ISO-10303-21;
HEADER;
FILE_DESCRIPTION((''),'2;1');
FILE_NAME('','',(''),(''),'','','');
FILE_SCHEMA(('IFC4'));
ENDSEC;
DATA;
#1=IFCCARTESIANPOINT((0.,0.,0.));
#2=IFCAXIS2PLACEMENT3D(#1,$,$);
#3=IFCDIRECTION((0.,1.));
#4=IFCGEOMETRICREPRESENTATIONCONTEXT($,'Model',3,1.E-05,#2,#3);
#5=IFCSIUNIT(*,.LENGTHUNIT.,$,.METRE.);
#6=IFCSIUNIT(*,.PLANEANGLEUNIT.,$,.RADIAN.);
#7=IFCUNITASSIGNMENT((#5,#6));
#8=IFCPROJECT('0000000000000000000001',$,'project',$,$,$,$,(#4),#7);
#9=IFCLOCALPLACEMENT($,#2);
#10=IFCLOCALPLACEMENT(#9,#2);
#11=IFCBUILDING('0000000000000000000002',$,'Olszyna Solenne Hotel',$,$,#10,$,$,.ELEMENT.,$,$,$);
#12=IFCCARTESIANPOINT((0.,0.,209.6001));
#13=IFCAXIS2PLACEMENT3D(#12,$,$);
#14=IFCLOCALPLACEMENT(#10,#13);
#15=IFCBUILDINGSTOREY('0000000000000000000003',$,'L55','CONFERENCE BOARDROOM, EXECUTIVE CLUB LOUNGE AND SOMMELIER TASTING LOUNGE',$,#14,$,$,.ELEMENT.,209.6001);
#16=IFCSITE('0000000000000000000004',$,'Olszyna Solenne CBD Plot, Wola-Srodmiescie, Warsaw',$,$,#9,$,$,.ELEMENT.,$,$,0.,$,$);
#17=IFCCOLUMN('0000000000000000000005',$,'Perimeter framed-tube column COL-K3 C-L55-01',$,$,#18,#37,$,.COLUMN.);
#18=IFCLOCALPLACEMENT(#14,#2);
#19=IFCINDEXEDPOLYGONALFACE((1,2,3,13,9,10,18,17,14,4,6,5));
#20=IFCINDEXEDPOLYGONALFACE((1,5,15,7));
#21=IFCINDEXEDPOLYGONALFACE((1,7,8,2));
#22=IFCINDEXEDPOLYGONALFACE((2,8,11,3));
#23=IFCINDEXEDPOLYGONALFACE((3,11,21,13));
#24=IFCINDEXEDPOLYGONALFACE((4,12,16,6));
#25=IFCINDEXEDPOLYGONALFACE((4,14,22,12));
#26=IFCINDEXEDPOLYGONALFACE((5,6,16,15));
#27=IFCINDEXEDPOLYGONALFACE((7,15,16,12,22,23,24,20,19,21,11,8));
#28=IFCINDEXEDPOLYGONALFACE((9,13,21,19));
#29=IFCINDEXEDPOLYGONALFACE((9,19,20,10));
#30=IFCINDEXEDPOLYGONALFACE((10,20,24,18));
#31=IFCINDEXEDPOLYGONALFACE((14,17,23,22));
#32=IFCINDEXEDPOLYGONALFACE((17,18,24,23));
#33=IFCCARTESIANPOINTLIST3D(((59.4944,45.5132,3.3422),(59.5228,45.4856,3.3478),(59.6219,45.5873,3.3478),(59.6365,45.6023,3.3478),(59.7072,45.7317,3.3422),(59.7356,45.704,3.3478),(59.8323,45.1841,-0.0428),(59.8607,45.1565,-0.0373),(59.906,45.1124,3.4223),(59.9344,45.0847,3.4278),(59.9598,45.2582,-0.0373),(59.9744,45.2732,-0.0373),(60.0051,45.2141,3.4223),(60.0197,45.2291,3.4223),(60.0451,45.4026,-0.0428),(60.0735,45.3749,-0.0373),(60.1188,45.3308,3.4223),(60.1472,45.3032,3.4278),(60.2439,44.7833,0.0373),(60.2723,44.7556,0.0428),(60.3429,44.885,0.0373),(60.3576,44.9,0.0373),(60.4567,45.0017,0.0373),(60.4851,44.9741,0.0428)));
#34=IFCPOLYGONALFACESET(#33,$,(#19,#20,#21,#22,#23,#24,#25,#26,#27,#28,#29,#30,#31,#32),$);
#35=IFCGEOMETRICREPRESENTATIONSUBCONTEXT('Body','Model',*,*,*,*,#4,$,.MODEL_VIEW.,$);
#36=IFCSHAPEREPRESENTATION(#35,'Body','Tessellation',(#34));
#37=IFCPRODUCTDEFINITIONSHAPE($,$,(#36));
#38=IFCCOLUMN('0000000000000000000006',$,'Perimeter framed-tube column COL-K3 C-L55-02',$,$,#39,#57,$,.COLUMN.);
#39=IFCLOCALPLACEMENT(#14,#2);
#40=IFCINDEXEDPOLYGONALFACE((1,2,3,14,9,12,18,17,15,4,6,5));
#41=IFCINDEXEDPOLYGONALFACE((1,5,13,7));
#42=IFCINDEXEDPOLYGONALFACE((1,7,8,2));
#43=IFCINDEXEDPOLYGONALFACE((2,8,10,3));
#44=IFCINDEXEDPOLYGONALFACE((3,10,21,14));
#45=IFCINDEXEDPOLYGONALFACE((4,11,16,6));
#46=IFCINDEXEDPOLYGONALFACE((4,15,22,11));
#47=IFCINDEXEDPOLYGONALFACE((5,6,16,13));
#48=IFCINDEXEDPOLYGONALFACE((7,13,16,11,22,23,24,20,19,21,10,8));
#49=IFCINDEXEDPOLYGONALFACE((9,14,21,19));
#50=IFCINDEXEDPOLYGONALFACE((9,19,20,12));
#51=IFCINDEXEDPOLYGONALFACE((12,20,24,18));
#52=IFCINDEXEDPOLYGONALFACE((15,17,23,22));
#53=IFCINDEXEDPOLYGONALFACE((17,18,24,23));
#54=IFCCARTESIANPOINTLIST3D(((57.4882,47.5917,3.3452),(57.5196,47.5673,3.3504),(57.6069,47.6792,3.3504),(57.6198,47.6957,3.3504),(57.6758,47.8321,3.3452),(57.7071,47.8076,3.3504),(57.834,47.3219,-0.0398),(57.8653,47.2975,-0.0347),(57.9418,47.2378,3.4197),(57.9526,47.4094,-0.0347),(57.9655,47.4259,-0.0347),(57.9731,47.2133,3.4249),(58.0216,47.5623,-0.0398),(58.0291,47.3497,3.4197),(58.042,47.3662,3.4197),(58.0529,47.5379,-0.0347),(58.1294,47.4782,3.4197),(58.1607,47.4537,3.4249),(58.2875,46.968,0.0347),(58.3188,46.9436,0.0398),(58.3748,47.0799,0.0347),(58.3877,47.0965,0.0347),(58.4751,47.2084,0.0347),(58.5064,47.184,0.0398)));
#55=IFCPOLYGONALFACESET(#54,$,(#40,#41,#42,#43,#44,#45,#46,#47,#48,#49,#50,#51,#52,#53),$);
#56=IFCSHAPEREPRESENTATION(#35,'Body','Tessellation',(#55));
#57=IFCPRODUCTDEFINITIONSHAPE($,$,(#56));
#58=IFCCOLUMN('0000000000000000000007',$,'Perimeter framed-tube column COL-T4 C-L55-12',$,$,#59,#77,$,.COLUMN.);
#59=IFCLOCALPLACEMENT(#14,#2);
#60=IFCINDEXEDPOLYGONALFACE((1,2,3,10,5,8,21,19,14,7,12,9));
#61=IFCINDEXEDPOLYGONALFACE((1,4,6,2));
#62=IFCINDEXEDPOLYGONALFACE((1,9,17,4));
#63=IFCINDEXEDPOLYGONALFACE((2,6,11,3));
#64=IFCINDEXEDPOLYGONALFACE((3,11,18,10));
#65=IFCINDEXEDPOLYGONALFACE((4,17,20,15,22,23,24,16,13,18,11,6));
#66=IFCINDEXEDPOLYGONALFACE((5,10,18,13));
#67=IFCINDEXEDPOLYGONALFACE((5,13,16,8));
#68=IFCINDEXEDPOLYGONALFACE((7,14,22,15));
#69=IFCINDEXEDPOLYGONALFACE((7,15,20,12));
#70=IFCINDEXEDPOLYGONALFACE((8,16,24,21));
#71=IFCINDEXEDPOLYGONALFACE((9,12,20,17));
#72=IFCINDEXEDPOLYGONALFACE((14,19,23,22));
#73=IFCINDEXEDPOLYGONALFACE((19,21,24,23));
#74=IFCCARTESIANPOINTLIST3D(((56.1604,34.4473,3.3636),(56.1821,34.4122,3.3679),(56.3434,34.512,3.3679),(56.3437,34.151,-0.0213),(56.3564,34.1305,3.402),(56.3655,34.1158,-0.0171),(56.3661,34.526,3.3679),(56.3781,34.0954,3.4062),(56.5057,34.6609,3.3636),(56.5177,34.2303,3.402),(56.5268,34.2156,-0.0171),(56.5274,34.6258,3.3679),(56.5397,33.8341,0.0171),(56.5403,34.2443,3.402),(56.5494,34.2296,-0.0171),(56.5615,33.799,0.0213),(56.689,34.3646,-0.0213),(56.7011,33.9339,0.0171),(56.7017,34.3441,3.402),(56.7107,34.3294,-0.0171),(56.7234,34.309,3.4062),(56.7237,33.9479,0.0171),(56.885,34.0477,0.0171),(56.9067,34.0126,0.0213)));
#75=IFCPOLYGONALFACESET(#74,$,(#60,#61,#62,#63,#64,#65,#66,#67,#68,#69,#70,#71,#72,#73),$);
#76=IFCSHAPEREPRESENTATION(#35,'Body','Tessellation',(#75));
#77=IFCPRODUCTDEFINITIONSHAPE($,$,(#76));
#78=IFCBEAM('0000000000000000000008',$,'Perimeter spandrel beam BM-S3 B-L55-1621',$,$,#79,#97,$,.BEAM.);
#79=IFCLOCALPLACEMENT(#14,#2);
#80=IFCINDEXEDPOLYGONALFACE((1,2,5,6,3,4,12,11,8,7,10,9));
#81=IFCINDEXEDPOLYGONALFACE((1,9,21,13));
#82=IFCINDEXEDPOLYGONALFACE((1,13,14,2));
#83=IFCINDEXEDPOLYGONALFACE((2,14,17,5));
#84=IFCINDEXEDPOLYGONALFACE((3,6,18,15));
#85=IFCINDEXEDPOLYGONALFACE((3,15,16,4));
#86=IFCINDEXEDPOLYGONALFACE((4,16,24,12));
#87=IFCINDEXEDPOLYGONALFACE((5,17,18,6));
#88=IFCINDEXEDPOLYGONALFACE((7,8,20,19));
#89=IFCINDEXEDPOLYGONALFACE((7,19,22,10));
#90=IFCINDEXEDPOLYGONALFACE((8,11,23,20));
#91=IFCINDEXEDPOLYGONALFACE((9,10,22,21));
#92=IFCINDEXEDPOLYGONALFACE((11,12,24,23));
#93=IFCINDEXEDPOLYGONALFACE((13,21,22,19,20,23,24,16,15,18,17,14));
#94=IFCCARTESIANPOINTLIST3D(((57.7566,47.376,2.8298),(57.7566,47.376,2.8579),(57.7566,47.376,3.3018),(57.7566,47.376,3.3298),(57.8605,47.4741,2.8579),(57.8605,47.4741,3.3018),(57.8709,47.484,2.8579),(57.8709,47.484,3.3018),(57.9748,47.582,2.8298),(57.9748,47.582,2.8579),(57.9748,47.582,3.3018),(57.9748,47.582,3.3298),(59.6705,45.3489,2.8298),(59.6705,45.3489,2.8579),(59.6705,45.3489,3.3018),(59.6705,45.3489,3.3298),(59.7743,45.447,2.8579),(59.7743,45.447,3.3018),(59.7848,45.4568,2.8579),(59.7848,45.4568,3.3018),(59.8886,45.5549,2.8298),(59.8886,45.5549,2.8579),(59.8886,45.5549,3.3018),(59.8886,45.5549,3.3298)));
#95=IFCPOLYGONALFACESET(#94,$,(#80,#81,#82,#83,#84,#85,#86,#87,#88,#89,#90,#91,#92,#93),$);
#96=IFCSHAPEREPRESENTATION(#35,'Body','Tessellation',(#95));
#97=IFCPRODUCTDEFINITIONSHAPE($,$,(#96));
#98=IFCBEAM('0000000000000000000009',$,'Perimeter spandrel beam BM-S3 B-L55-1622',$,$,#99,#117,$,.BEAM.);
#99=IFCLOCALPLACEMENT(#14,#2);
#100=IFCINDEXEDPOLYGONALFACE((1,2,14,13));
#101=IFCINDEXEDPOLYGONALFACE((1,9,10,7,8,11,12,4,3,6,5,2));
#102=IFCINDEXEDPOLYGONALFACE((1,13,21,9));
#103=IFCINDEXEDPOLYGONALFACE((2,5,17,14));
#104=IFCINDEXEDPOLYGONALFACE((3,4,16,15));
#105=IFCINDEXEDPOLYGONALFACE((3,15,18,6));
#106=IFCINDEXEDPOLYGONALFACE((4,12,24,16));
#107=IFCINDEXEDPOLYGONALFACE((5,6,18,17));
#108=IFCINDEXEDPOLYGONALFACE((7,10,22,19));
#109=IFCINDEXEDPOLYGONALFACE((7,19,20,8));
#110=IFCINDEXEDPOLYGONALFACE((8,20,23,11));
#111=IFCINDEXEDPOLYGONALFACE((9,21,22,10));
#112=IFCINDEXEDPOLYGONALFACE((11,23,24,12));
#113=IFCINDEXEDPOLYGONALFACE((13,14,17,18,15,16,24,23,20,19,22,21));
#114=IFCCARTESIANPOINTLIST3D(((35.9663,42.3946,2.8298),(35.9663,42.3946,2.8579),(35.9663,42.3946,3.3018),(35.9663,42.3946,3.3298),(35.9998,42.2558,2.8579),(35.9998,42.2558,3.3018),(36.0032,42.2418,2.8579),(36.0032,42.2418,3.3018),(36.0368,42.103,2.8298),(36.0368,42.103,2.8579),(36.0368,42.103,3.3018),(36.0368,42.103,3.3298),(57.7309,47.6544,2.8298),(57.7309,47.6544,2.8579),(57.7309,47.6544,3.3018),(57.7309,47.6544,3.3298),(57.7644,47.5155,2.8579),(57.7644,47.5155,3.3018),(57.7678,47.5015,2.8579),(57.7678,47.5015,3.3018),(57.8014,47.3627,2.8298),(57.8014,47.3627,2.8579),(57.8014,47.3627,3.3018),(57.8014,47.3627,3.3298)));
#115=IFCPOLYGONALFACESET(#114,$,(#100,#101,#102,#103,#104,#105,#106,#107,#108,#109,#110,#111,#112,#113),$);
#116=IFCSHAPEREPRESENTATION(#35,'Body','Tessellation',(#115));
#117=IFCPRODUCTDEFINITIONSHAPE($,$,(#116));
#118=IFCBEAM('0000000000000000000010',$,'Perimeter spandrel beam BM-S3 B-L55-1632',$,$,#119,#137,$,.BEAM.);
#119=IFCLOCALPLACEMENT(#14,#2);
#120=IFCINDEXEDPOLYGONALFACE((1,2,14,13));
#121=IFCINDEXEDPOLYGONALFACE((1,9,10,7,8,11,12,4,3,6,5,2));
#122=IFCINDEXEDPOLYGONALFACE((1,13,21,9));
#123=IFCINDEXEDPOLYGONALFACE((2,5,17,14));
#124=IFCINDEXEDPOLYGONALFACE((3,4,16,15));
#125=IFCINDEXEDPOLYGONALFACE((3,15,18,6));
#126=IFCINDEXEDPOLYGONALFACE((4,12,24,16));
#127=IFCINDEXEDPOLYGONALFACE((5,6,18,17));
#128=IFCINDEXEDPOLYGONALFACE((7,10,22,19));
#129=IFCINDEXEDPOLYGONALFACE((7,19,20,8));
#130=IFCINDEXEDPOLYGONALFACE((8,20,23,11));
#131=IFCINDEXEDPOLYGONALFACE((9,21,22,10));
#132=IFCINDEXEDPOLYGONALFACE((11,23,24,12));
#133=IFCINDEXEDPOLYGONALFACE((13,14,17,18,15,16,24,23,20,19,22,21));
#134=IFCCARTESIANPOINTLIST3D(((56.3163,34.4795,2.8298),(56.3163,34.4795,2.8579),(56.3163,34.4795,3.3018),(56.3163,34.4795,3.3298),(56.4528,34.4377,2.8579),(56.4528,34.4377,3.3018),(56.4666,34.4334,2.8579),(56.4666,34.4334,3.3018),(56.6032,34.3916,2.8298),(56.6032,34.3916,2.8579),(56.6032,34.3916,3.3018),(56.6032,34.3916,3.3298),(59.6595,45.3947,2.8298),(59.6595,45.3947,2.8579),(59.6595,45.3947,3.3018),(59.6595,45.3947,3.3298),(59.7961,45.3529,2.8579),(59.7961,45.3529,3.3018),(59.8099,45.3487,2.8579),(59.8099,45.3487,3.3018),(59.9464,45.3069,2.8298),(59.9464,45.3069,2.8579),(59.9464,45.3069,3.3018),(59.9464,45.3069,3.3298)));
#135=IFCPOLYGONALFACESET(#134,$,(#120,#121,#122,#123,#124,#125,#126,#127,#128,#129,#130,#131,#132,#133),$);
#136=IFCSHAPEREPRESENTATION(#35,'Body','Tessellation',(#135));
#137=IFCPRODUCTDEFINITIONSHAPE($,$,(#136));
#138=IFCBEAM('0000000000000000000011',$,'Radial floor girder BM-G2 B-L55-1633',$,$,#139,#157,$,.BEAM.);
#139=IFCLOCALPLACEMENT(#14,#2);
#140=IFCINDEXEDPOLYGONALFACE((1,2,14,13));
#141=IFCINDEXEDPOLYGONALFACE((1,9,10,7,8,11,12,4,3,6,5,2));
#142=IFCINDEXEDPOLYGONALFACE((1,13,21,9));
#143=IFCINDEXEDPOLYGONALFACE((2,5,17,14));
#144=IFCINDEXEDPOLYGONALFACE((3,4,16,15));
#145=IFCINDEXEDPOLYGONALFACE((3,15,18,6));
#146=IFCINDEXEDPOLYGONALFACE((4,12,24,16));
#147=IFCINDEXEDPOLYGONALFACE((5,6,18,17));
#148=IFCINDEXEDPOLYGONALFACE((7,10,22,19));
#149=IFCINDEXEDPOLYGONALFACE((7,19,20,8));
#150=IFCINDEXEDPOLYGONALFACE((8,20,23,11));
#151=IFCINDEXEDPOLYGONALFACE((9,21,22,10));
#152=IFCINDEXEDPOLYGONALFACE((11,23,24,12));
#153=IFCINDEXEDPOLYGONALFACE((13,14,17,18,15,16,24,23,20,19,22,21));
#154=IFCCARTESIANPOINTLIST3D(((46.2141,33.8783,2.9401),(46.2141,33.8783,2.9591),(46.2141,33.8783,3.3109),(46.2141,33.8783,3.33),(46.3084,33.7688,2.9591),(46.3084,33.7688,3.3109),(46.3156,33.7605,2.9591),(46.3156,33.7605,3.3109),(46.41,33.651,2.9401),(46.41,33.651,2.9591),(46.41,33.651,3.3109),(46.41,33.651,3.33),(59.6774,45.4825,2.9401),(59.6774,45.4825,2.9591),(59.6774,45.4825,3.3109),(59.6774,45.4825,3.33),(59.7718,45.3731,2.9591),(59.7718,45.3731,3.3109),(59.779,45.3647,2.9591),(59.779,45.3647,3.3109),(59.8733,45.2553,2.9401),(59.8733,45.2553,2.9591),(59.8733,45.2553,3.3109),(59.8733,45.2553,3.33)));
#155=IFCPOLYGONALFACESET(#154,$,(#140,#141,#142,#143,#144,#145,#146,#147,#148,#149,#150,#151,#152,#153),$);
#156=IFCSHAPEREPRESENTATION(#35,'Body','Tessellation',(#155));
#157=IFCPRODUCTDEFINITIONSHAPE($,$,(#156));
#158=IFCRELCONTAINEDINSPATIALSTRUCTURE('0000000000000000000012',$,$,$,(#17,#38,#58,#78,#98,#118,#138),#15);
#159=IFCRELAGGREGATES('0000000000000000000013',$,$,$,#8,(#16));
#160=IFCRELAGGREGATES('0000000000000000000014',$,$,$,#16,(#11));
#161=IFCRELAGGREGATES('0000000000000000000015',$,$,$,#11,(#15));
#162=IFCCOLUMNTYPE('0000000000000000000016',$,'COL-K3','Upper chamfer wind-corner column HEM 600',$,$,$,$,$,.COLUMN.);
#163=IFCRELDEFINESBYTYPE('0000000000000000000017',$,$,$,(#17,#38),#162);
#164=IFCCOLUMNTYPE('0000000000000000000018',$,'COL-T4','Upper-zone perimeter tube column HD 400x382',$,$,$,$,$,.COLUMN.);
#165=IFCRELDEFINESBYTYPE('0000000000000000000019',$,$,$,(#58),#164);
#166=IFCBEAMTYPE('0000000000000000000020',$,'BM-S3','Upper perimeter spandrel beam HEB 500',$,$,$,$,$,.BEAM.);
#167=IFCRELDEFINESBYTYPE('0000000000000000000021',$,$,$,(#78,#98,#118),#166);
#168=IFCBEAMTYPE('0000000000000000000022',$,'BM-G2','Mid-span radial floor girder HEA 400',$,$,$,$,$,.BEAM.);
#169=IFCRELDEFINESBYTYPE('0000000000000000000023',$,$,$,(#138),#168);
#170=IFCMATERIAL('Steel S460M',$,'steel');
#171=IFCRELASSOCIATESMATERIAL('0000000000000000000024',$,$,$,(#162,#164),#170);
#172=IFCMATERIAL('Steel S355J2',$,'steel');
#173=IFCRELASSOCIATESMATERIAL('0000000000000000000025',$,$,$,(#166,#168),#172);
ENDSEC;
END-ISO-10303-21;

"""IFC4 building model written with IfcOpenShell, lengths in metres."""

from ifc_helpers import new_model, si_unit, direction, frame, origin, origin_2d, place, context, subcontext, project, spatial, i_section, extrude, source, transform, mapped, material, material_profile, profile_set, type_object, element, save


model = new_model("IFC4")

# Units and contexts
model_context = context("Model", 3, precision=1e-05, world=origin(), true_north=direction((0.0, 1.0)))
body_context = subcontext(model_context, "Body", "Model", "MODEL_VIEW")
ifc_project = project(units=[si_unit("LENGTHUNIT", "METRE"), si_unit("PLANEANGLEUNIT", "RADIAN")], contexts=[model_context])

# Site, building, storey
site_placement = place(None, origin())
site = spatial("IfcSite", under=ifc_project, at=site_placement, Name="Olszyna Solenne CBD Plot, Wola-Srodmiescie, Warsaw", CompositionType="ELEMENT", RefElevation=0.0)
building_placement = place(site_placement, origin())
building = spatial("IfcBuilding", under=site, at=building_placement, Name="Olszyna Solenne Hotel", CompositionType="ELEMENT")
storey_placement = place(building_placement, frame((0.0, 0.0, 209.6001)))
storey = spatial("IfcBuildingStorey", under=building, at=storey_placement, Name="L55", Description="CONFERENCE BOARDROOM, EXECUTIVE CLUB LOUNGE AND SOMMELIER TASTING LOUNGE", CompositionType="ELEMENT", Elevation=209.6001)

# Columns
ifc_material_1 = material(Name="Steel S460M", Category="steel")
ifc_material_profile_1 = material_profile(ifc_material_1, i_section(OverallWidth=0.3049, OverallDepth=0.6201, WebThickness=0.021, FlangeThickness=0.04, at=origin_2d()), Name="HEM 600", Category="load-bearing")
ifc_profile_set_1 = profile_set([ifc_material_profile_1], Name="Steel S460M")
column_type_1 = type_object("IfcColumnType", Name="COL-K3", Description="Upper chamfer wind-corner column HEM 600", PredefinedType="COLUMN", material=ifc_profile_set_1)
shared_shape_1 = source(origin(), body_context, "Body", "SweptSolid", [
    extrude(i_section(OverallWidth=0.3049, OverallDepth=0.6201, WebThickness=0.021, FlangeThickness=0.04, at=origin_2d()), origin(), (0.0, 0.0, 1.0), 3.4177),
])
column_1_placement = place(storey_placement, frame((60.1587, 45.0791, 0.0), z_axis=(-0.098865, 0.096293, 0.990431), x_axis=(-0.697729, -0.716362, 0.0)))
element("IfcColumn", 1, at=column_1_placement, inside=storey, type_object=column_type_1, Name="Perimeter framed-tube column COL-K3 C-L55-01", PredefinedType="COLUMN", context=body_context, shape_type="MappedRepresentation", body=[
    mapped(shared_shape_1, transform((0.0, 0.0, 0.0), x_axis=(1.0, 0.0, 0.0), y_axis=(0.0, 1.0, 0.0), z_axis=(0.0, 0.0, 1.0), scale=1.0)),
])
shared_shape_2 = source(origin(), body_context, "Body", "SweptSolid", [
    extrude(i_section(OverallWidth=0.3049, OverallDepth=0.6201, WebThickness=0.021, FlangeThickness=0.04, at=origin_2d()), origin(), (0.0, 0.0, 1.0), 3.4133),
])
column_2_placement = place(storey_placement, frame((58.1702, 47.2529, 0.0), z_axis=(-0.101281, 0.079037, 0.991713), x_axis=(-0.615212, -0.788362, 0.0)))
element("IfcColumn", 2, at=column_2_placement, inside=storey, type_object=column_type_1, Name="Perimeter framed-tube column COL-K3 C-L55-02", PredefinedType="COLUMN", context=body_context, shape_type="MappedRepresentation", body=[
    mapped(shared_shape_2, transform((0.0, 0.0, 0.0), x_axis=(1.0, 0.0, 0.0), y_axis=(0.0, 1.0, 0.0), z_axis=(0.0, 0.0, 1.0), scale=1.0)),
])
ifc_material_profile_2 = material_profile(ifc_material_1, i_section(OverallWidth=0.406, OverallDepth=0.416, WebThickness=0.0266, FlangeThickness=0.0415, at=origin_2d()), Name="HD 400x382", Category="load-bearing")
ifc_profile_set_2 = profile_set([ifc_material_profile_2], Name="Steel S460M")
column_type_2 = type_object("IfcColumnType", Name="COL-T4", Description="Upper-zone perimeter tube column HD 400x382", PredefinedType="COLUMN", material=ifc_profile_set_2)
shared_shape_3 = source(origin(), body_context, "Body", "SweptSolid", [
    extrude(i_section(OverallWidth=0.406, OverallDepth=0.416, WebThickness=0.0266, FlangeThickness=0.0415, at=origin_2d()), origin(), (0.0, 0.0, 1.0), 3.4028),
])
column_3_placement = place(storey_placement, frame((56.6252, 34.0818, 0.0), z_axis=(-0.05388, 0.087098, 0.994742), x_axis=(-0.850429, -0.526089, 0.0)))
element("IfcColumn", 3, at=column_3_placement, inside=storey, type_object=column_type_2, Name="Perimeter framed-tube column COL-T4 C-L55-12", PredefinedType="COLUMN", context=body_context, shape_type="MappedRepresentation", body=[
    mapped(shared_shape_3, transform((0.0, 0.0, 0.0), x_axis=(1.0, 0.0, 0.0), y_axis=(0.0, 1.0, 0.0), z_axis=(0.0, 0.0, 1.0), scale=1.0)),
])

# Beams
ifc_material_2 = material(Name="Steel S355J2", Category="steel")
ifc_material_profile_3 = material_profile(ifc_material_2, i_section(OverallWidth=0.3, OverallDepth=0.5, WebThickness=0.0144, FlangeThickness=0.0281, at=origin_2d()), Name="HEB 500", Category="load-bearing")
ifc_profile_set_3 = profile_set([ifc_material_profile_3], Name="Steel S355J2")
beam_type_1 = type_object("IfcBeamType", Name="BM-S3", Description="Upper perimeter spandrel beam HEB 500", PredefinedType="BEAM", material=ifc_profile_set_3)
shared_shape_4 = source(origin(), body_context, "Body", "SweptSolid", [
    extrude(i_section(OverallWidth=0.3, OverallDepth=0.5, WebThickness=0.0144, FlangeThickness=0.0281, at=origin_2d()), origin(), (0.0, 0.0, 1.0), 2.7878),
])
beam_1_placement = place(storey_placement, frame((59.7795, 45.4519, 3.0798), z_axis=(-0.686498, 0.727132, 0.0), x_axis=(-0.727132, -0.686498, 0.0)))
element("IfcBeam", 4, at=beam_1_placement, inside=storey, type_object=beam_type_1, Name="Perimeter spandrel beam BM-S3 B-L55-1621", PredefinedType="BEAM", context=body_context, shape_type="MappedRepresentation", body=[
    mapped(shared_shape_4, transform((0.0, 0.0, 0.0), x_axis=(1.0, 0.0, 0.0), y_axis=(0.0, 1.0, 0.0), z_axis=(0.0, 0.0, 1.0), scale=1.0)),
])
shared_shape_5 = source(origin(), body_context, "Body", "SweptSolid", [
    extrude(i_section(OverallWidth=0.3, OverallDepth=0.5, WebThickness=0.0144, FlangeThickness=0.0281, at=origin_2d()), origin(), (0.0, 0.0, 1.0), 22.3911),
])
beam_2_placement = place(storey_placement, frame((57.7661, 47.5085, 3.0798), z_axis=(-0.972019, -0.234903, 0.0), x_axis=(0.234903, -0.972019, 0.0)))
element("IfcBeam", 5, at=beam_2_placement, inside=storey, type_object=beam_type_1, Name="Perimeter spandrel beam BM-S3 B-L55-1622", PredefinedType="BEAM", context=body_context, shape_type="MappedRepresentation", body=[
    mapped(shared_shape_5, transform((0.0, 0.0, 0.0), x_axis=(1.0, 0.0, 0.0), y_axis=(0.0, 1.0, 0.0), z_axis=(0.0, 0.0, 1.0), scale=1.0)),
])
shared_shape_6 = source(origin(), body_context, "Body", "SweptSolid", [
    extrude(i_section(OverallWidth=0.3, OverallDepth=0.5, WebThickness=0.0144, FlangeThickness=0.0281, at=origin_2d()), origin(), (0.0, 0.0, 1.0), 11.4158),
])
beam_3_placement = place(storey_placement, frame((56.4597, 34.4355, 3.0798), z_axis=(0.292862, 0.956155, 0.0), x_axis=(-0.956155, 0.292862, 0.0)))
element("IfcBeam", 6, at=beam_3_placement, inside=storey, type_object=beam_type_1, Name="Perimeter spandrel beam BM-S3 B-L55-1632", PredefinedType="BEAM", context=body_context, shape_type="MappedRepresentation", body=[
    mapped(shared_shape_6, transform((0.0, 0.0, 0.0), x_axis=(1.0, 0.0, 0.0), y_axis=(0.0, 1.0, 0.0), z_axis=(0.0, 0.0, 1.0), scale=1.0)),
])
ifc_material_profile_4 = material_profile(ifc_material_2, i_section(OverallWidth=0.3, OverallDepth=0.3899, WebThickness=0.011, FlangeThickness=0.019, at=origin_2d()), Name="HEA 400", Category="load-bearing")
ifc_profile_set_4 = profile_set([ifc_material_profile_4], Name="Steel S355J2")
beam_type_2 = type_object("IfcBeamType", Name="BM-G2", Description="Mid-span radial floor girder HEA 400", PredefinedType="BEAM", material=ifc_profile_set_4)
shared_shape_7 = source(origin(), body_context, "Body", "SweptSolid", [
    extrude(i_section(OverallWidth=0.3, OverallDepth=0.3899, WebThickness=0.011, FlangeThickness=0.019, at=origin_2d()), origin(), (0.0, 0.0, 1.0), 17.7742),
])
beam_4_placement = place(storey_placement, frame((59.7754, 45.3689, 3.135), z_axis=(-0.757469, -0.652871, 0.0), x_axis=(0.652871, -0.757469, 0.0)))
element("IfcBeam", 7, at=beam_4_placement, inside=storey, type_object=beam_type_2, Name="Radial floor girder BM-G2 B-L55-1633", PredefinedType="BEAM", context=body_context, shape_type="MappedRepresentation", body=[
    mapped(shared_shape_7, transform((0.0, 0.0, 0.0), x_axis=(1.0, 0.0, 0.0), y_axis=(0.0, 1.0, 0.0), z_axis=(0.0, 0.0, 1.0), scale=1.0)),
])

save(model, "model.ifc")
